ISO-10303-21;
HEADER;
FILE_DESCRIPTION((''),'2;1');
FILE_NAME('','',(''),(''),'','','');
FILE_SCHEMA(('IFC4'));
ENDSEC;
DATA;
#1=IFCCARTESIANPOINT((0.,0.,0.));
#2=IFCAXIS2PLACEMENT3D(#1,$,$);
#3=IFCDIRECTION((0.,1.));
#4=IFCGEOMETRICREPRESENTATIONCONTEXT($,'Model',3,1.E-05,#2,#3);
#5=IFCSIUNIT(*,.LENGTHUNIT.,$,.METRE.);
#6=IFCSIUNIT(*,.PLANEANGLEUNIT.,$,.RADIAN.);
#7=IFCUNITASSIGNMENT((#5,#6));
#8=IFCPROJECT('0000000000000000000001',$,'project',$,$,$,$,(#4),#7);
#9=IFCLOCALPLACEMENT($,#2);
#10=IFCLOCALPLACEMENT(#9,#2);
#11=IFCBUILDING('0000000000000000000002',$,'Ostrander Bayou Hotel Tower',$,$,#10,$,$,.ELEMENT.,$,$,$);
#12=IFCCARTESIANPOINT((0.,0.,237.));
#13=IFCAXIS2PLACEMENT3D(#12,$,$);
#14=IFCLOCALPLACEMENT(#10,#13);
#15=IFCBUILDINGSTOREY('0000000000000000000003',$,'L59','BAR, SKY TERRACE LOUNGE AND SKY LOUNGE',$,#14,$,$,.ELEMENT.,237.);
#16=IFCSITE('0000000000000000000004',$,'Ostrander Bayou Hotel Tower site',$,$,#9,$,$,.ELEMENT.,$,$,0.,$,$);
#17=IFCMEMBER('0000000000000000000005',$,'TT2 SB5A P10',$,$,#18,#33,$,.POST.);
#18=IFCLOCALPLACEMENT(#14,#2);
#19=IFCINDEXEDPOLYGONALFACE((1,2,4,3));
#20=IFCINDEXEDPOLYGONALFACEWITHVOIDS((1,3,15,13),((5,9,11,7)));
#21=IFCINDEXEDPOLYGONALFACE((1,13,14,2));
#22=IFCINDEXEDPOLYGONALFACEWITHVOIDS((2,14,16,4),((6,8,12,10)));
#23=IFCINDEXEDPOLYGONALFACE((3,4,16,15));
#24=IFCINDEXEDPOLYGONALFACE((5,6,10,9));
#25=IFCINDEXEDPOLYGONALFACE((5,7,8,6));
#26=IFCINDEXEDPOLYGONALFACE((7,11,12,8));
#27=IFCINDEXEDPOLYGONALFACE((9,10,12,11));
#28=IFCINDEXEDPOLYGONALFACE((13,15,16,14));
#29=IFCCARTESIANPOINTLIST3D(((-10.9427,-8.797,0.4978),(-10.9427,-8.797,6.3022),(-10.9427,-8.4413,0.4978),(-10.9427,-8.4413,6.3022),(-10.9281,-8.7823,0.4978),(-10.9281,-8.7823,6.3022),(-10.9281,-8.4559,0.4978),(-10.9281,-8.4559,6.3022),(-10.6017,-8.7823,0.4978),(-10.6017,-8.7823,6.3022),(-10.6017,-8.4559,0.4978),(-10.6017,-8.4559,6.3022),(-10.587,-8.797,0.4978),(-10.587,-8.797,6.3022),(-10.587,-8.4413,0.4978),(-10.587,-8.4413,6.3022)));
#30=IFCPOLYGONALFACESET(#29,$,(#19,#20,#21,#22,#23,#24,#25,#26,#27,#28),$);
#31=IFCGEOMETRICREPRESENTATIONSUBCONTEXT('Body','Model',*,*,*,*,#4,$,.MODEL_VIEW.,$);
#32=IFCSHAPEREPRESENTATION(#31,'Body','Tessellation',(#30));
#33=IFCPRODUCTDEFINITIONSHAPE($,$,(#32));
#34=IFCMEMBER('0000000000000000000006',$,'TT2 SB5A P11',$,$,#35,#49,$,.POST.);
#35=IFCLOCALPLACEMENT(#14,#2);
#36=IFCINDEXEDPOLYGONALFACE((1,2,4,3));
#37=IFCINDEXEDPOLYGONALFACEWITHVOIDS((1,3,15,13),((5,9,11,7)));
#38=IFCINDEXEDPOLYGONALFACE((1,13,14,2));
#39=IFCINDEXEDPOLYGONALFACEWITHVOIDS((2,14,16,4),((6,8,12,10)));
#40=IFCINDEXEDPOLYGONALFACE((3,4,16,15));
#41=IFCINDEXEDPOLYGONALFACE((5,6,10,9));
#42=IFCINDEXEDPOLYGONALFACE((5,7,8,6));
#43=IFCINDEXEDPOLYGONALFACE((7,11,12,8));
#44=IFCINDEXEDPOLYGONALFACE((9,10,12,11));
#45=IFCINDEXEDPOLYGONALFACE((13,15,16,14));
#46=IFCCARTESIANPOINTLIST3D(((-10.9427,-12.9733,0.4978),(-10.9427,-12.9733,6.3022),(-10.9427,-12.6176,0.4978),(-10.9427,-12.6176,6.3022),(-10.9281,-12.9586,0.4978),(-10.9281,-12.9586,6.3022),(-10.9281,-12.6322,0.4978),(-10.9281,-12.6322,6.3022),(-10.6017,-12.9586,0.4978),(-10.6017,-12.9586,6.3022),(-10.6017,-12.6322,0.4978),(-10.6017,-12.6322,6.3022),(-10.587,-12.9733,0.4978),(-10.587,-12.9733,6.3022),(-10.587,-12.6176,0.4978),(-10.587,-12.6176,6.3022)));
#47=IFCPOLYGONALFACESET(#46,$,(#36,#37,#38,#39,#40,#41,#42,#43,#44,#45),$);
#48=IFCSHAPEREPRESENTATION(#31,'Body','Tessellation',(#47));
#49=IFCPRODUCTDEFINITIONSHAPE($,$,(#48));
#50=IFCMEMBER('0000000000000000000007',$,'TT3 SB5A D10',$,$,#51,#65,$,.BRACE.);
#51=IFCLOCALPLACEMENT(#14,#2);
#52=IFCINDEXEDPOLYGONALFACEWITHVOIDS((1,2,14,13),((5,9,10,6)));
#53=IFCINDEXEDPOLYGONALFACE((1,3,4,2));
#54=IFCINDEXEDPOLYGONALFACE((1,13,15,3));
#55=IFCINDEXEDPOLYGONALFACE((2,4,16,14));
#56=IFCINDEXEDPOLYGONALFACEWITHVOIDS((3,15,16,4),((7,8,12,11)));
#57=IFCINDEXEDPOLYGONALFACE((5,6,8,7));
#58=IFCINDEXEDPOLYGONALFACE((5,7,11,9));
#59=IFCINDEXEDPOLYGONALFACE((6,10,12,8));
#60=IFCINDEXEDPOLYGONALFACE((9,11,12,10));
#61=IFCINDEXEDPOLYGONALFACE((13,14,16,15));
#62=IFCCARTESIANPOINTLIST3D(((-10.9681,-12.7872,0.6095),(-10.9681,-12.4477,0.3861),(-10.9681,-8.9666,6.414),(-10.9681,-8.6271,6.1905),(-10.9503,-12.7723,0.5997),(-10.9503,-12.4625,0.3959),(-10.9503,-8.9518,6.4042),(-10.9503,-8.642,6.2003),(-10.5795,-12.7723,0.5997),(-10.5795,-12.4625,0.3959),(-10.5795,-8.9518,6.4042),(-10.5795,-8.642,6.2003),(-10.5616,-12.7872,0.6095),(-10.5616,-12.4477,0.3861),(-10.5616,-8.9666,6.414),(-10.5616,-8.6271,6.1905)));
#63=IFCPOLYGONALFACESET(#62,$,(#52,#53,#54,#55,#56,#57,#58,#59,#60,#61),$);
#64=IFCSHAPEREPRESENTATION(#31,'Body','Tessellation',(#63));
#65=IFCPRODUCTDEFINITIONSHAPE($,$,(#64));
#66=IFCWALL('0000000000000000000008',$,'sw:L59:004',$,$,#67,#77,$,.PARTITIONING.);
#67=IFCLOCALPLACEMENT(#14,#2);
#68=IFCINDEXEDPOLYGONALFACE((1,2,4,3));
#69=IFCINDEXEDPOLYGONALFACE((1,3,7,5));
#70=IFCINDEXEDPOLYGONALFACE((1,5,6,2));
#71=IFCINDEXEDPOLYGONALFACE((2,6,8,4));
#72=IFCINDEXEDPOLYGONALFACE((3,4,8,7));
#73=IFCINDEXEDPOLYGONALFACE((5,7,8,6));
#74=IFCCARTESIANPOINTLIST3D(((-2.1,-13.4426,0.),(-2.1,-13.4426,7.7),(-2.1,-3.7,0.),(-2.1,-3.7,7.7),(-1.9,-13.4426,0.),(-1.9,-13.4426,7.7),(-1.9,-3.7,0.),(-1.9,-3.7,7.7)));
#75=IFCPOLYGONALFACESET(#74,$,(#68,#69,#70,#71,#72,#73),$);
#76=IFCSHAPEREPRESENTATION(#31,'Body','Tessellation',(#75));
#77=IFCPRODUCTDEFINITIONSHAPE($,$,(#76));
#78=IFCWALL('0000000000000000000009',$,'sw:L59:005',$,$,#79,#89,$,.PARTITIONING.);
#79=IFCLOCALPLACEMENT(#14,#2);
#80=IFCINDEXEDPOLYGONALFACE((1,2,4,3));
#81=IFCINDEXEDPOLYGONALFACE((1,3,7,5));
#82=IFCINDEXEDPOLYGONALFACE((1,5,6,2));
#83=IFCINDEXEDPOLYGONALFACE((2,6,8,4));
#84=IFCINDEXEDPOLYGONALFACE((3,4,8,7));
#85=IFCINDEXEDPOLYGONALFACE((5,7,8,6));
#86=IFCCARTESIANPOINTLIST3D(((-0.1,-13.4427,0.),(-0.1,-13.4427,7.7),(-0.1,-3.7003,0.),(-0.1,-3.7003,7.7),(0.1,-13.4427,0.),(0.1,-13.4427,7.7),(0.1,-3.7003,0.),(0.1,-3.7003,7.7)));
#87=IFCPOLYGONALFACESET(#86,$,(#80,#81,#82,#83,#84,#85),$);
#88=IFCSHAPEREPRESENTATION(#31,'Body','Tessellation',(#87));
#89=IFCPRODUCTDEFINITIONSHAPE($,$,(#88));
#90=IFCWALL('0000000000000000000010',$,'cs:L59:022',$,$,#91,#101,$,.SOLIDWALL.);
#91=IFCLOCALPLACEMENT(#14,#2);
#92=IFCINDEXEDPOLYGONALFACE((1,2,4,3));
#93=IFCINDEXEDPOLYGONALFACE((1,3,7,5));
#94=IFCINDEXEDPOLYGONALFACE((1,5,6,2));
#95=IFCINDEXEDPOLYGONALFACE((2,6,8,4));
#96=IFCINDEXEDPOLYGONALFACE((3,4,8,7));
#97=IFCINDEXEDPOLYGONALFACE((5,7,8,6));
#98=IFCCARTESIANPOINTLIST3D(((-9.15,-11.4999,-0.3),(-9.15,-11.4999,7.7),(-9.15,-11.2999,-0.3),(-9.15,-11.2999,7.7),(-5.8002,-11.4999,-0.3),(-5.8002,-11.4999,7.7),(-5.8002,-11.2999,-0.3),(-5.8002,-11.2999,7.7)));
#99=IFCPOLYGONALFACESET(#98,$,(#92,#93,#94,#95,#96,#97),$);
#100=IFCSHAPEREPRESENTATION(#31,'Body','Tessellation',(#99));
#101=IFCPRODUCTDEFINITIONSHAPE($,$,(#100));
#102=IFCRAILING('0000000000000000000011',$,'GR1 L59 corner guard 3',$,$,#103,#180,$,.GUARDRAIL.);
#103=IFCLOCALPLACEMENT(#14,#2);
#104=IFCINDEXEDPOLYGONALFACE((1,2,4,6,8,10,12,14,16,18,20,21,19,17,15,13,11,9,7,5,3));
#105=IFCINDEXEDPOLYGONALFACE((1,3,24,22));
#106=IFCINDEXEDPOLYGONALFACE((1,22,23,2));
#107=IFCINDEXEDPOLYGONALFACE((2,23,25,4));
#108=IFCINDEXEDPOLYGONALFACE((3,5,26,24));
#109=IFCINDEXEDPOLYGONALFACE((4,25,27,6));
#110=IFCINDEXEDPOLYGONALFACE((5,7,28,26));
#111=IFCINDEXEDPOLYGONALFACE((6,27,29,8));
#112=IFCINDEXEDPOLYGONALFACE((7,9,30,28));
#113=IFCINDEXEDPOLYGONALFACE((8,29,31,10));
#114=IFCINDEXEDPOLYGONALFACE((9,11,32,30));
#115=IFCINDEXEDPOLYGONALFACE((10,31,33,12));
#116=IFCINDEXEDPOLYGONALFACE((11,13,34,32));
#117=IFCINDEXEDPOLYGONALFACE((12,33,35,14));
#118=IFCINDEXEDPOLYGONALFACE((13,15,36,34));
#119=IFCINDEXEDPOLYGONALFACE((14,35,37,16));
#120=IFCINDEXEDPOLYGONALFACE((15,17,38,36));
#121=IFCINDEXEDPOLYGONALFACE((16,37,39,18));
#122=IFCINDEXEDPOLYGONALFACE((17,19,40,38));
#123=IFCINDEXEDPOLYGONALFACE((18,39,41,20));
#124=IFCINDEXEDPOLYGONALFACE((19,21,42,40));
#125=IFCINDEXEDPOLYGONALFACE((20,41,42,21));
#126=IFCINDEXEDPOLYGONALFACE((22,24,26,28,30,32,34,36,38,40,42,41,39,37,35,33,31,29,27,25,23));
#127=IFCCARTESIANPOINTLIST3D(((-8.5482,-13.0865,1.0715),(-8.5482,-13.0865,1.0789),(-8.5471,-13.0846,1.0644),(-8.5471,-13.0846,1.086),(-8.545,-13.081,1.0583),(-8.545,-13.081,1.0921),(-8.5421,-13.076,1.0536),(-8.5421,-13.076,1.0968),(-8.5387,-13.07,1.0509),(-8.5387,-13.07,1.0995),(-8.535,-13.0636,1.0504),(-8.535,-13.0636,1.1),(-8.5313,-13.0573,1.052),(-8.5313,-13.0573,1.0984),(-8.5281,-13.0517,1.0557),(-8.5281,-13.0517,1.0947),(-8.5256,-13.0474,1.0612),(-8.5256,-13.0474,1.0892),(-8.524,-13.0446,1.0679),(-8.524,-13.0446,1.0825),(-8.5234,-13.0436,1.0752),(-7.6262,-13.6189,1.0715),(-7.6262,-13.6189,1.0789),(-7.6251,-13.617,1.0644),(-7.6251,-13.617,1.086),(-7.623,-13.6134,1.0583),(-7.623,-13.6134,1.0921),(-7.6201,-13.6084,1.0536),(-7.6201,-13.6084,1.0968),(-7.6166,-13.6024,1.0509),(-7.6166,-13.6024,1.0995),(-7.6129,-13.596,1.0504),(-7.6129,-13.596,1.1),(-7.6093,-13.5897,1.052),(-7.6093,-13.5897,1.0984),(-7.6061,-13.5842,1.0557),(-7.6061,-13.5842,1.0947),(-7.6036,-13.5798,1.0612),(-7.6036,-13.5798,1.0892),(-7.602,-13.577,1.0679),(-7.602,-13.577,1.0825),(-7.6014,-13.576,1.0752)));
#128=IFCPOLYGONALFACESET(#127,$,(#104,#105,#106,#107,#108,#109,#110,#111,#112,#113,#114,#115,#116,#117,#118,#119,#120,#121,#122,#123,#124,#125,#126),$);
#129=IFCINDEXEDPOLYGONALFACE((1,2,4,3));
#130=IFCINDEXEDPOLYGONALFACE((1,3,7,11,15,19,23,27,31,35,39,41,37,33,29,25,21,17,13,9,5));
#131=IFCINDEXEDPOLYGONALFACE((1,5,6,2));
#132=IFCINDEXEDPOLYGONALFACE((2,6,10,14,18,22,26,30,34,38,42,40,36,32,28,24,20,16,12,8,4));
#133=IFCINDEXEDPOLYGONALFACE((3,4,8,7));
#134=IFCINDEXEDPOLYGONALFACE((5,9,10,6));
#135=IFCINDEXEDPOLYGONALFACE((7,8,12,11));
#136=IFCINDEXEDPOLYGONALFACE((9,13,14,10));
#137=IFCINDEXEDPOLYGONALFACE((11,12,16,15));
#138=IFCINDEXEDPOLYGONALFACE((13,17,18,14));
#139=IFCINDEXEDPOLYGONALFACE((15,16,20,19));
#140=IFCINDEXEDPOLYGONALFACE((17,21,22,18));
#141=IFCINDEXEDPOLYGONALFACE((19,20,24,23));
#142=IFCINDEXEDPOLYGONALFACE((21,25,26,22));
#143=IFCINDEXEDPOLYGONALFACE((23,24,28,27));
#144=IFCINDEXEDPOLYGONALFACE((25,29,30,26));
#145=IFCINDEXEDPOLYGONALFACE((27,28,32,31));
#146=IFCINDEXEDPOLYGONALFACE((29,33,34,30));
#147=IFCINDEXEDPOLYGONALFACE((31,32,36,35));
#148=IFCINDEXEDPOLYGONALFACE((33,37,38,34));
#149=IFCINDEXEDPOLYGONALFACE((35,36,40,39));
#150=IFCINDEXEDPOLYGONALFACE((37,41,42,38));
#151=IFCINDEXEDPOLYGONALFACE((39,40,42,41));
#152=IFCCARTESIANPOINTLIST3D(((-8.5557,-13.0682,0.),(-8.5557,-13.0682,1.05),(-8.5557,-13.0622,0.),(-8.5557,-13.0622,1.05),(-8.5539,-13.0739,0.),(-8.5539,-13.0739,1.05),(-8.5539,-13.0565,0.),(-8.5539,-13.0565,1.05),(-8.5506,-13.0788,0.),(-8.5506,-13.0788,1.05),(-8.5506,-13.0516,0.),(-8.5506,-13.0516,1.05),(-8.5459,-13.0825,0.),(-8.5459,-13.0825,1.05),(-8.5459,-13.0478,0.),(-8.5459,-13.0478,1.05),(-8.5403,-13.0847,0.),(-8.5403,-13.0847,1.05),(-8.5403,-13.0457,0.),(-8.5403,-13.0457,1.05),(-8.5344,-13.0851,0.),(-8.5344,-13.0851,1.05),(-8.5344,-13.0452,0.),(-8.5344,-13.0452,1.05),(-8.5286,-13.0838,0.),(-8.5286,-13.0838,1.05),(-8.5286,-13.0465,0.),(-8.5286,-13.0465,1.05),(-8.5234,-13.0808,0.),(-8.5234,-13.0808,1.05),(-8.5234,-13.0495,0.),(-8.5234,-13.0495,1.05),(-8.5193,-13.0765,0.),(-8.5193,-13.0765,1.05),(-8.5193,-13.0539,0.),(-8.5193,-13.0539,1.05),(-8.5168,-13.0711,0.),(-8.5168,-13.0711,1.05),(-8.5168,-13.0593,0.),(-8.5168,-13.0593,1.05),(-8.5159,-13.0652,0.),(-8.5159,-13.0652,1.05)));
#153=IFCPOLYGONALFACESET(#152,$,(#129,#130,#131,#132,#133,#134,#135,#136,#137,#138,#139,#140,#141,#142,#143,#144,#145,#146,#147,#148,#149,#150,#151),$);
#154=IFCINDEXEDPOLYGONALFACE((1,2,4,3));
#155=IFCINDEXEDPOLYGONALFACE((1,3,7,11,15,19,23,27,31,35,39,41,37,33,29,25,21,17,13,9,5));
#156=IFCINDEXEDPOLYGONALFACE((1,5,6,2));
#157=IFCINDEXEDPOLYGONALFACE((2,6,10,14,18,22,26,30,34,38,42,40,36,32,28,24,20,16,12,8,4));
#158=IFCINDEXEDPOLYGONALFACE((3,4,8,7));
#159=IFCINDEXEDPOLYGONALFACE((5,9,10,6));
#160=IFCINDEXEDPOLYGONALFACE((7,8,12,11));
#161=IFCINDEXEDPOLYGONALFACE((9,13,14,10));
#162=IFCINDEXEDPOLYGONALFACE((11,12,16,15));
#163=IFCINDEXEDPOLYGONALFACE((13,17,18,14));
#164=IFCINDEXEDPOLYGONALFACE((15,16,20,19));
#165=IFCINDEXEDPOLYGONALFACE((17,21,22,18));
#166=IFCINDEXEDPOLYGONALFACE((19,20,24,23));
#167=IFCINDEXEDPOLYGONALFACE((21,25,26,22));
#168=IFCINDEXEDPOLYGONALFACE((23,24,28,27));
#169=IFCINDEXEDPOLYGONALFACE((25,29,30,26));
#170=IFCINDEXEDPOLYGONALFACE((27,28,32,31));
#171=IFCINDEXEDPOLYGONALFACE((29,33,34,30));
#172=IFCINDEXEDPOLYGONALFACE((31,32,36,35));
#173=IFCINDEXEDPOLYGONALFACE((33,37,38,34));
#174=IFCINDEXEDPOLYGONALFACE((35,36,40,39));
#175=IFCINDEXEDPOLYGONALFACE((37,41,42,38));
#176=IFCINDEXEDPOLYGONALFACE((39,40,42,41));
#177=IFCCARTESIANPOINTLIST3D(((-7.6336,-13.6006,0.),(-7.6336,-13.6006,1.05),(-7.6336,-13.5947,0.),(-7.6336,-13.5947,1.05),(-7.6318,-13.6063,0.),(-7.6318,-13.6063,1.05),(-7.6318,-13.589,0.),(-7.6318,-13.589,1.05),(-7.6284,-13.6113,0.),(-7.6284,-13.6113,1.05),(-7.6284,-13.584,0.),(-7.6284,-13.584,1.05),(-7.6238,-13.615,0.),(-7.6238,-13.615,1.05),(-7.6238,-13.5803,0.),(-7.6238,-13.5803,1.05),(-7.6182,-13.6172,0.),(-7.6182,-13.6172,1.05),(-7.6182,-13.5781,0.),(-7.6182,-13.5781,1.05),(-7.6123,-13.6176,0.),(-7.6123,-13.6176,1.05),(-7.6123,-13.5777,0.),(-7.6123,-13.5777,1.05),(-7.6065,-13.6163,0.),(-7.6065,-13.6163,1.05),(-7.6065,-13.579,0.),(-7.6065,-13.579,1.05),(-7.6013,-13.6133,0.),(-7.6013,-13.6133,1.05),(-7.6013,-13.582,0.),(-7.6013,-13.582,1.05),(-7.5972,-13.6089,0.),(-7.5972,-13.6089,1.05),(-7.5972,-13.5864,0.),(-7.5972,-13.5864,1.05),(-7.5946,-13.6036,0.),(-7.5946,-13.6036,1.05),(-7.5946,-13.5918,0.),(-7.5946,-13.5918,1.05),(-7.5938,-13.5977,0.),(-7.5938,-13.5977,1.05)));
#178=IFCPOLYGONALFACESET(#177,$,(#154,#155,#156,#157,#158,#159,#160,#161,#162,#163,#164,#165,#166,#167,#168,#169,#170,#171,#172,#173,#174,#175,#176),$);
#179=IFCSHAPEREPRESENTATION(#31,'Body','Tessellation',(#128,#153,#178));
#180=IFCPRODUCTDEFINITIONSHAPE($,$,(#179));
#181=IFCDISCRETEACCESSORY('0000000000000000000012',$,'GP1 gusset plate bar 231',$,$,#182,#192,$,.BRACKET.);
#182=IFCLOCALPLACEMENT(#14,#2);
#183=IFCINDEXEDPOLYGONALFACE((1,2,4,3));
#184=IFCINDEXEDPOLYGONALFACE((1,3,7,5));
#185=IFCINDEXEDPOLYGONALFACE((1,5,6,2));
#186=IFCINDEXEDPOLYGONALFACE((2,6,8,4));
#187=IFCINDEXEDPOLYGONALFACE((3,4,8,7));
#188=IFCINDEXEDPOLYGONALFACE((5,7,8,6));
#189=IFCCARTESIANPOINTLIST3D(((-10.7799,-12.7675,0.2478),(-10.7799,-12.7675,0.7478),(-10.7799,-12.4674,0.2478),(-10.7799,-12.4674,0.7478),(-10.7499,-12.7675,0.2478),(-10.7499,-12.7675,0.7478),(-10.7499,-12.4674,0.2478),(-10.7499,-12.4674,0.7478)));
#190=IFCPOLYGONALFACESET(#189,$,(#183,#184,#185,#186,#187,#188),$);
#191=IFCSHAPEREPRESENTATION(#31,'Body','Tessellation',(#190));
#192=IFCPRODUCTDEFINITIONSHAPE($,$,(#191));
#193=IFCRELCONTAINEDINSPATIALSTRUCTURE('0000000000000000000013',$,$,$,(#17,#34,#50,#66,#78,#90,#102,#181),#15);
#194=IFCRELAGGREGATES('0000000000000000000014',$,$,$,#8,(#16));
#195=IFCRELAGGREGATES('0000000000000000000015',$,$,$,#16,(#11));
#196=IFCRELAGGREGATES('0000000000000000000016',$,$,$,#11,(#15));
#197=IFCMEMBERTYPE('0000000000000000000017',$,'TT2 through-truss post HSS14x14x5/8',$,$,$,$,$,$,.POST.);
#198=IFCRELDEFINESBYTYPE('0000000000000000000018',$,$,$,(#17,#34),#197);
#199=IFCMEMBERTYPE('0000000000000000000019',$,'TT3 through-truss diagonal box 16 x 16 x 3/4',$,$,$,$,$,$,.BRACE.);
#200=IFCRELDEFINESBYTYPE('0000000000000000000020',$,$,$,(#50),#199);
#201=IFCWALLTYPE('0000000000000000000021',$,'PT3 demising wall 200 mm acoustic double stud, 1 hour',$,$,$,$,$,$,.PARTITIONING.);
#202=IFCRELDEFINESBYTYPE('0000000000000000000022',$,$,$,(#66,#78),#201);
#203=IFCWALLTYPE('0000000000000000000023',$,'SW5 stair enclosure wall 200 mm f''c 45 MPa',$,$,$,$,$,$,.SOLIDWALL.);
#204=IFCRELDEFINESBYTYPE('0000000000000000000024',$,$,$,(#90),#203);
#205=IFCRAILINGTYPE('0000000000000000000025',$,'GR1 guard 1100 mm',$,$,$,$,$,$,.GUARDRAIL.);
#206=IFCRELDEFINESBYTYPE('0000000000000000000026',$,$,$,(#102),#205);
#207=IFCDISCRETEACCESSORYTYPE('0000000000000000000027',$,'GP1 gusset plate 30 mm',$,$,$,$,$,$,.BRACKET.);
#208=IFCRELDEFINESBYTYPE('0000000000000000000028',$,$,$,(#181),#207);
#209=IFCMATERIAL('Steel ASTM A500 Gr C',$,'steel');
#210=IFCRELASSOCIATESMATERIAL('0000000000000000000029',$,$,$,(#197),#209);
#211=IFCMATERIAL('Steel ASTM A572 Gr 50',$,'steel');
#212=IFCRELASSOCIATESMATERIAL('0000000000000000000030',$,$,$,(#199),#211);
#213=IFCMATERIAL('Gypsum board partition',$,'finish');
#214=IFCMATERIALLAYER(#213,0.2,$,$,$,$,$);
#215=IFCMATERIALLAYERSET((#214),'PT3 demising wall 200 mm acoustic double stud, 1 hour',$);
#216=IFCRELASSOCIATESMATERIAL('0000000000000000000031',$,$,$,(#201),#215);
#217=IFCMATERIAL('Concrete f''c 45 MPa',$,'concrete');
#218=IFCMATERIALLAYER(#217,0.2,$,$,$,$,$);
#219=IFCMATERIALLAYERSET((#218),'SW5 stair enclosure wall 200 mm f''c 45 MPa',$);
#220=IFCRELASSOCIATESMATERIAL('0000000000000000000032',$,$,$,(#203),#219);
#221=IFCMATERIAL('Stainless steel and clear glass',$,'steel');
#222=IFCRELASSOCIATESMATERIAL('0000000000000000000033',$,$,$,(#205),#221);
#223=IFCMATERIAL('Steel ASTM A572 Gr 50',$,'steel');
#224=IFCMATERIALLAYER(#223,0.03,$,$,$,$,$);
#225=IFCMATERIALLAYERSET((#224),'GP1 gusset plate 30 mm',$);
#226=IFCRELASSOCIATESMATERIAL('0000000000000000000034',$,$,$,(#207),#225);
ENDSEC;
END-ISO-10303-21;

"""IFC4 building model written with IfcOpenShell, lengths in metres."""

from ifc_helpers import new_model, si_unit, direction, frame, frame_2d, origin, origin_2d, place, context, subcontext, project, spatial, rectangle, hollow_rectangle, circle, extrude, material, layer, layer_set, material_profile, profile_set, type_object, element, save


model = new_model("IFC4")

# Units and contexts
model_context = context("Model", 3, precision=1e-05, world=origin(), true_north=direction((0.0, 1.0)))
body_context = subcontext(model_context, "Body", "Model", "MODEL_VIEW")
ifc_project = project(units=[si_unit("LENGTHUNIT", "METRE"), si_unit("PLANEANGLEUNIT", "RADIAN")], contexts=[model_context])

# Site, building, storey
site_placement = place(None, origin())
site = spatial("IfcSite", under=ifc_project, at=site_placement, Name="Ostrander Bayou Hotel Tower site", CompositionType="ELEMENT", RefElevation=0.0)
building_placement = place(site_placement, origin())
building = spatial("IfcBuilding", under=site, at=building_placement, Name="Ostrander Bayou Hotel Tower", CompositionType="ELEMENT")
storey_placement = place(building_placement, frame((0.0, 0.0, 237.0)))
storey = spatial("IfcBuildingStorey", under=building, at=storey_placement, Name="L59", Description="BAR, SKY TERRACE LOUNGE AND SKY LOUNGE", CompositionType="ELEMENT", Elevation=237.0)

# Members
ifc_material_1 = material(Name="Steel ASTM A500 Gr C", Category="steel")
ifc_material_profile_1 = material_profile(ifc_material_1, hollow_rectangle(XDim=0.3557, YDim=0.3557, WallThickness=0.0146, at=origin_2d()))
ifc_profile_set_1 = profile_set([ifc_material_profile_1], Name="Steel ASTM A500 Gr C")
member_type_1 = type_object("IfcMemberType", Name="TT2 through-truss post HSS14x14x5/8", PredefinedType="POST", material=ifc_profile_set_1)
for number, where, z_axis, x_axis, name in (
    (1, (-10.7649, -8.6191, 0.4978), (0.0, 0.0, 1.0), (1.0, 0.0, 0.0), "TT2 SB5A P10"),
    (2, (-10.7649, -12.7954, 0.4978), (0.0, 0.0, 1.0), (1.0, 0.0, 0.0), "TT2 SB5A P11"),
):
    element("IfcMember", number, at=place(storey_placement, frame(where, z_axis=z_axis, x_axis=x_axis)), inside=storey, type_object=member_type_1, Name=name, PredefinedType="POST", context=body_context, shape_type="SweptSolid", body=[
        extrude(hollow_rectangle(XDim=0.3557, YDim=0.3557, WallThickness=0.0146, at=origin_2d()), origin(), (0.0, 0.0, 1.0), 5.8044),
    ])
ifc_material_2 = material(Name="Steel ASTM A572 Gr 50", Category="steel")
ifc_material_profile_2 = material_profile(ifc_material_2, hollow_rectangle(XDim=0.4065, YDim=0.4065, WallThickness=0.0178, at=origin_2d()))
ifc_profile_set_2 = profile_set([ifc_material_profile_2], Name="Steel ASTM A572 Gr 50")
member_type_2 = type_object("IfcMemberType", Name="TT3 through-truss diagonal box 16 x 16 x 3/4", PredefinedType="BRACE", material=ifc_profile_set_2)
member_1_placement = place(storey_placement, frame((-10.7649, -12.6174, 0.4978), z_axis=(0.0, 0.549802, 0.835295), x_axis=(-1.0, 0.0, 0.0)))
element("IfcMember", 3, at=member_1_placement, inside=storey, type_object=member_type_2, Name="TT3 SB5A D10", PredefinedType="BRACE", context=body_context, shape_type="SweptSolid", body=[
    extrude(hollow_rectangle(XDim=0.4065, YDim=0.4065, WallThickness=0.0178, at=origin_2d()), origin(), (0.0, 0.0, 1.0), 6.949),
])

# Walls
ifc_material_3 = material(Name="Gypsum board partition", Category="finish")
ifc_layer_1 = layer(ifc_material_3, 0.2)
ifc_layer_set_1 = layer_set([ifc_layer_1], Name="PT3 demising wall 200 mm acoustic double stud, 1 hour")
wall_type_1 = type_object("IfcWallType", Name="PT3 demising wall 200 mm acoustic double stud, 1 hour", PredefinedType="PARTITIONING", material=ifc_layer_set_1)
wall_1_placement = place(storey_placement, frame((-2.0, -13.4426, 0.0), z_axis=(0.0, 0.0, 1.0), x_axis=(0.0, 1.0, 0.0)))
element("IfcWall", 4, at=wall_1_placement, inside=storey, type_object=wall_type_1, Name="sw:L59:004", PredefinedType="PARTITIONING", context=body_context, shape_type="SweptSolid", body=[
    extrude(rectangle(XDim=9.7427, YDim=0.2, at=frame_2d((4.8713, 0.0))), origin(), (0.0, 0.0, 1.0), 7.7),
])
wall_2_placement = place(storey_placement, frame((0.0, -13.4426, 0.0), z_axis=(0.0, 0.0, 1.0), x_axis=(0.0, 1.0, 0.0)))
element("IfcWall", 5, at=wall_2_placement, inside=storey, type_object=wall_type_1, Name="sw:L59:005", PredefinedType="PARTITIONING", context=body_context, shape_type="SweptSolid", body=[
    extrude(rectangle(XDim=9.7424, YDim=0.2, at=frame_2d((4.8711, 0.0))), origin(), (0.0, 0.0, 1.0), 7.7),
])

# Wall
ifc_material_4 = material(Name="Concrete f'c 45 MPa", Category="concrete")
ifc_layer_2 = layer(ifc_material_4, 0.2)
ifc_layer_set_2 = layer_set([ifc_layer_2], Name="SW5 stair enclosure wall 200 mm f'c 45 MPa")
wall_type_2 = type_object("IfcWallType", Name="SW5 stair enclosure wall 200 mm f'c 45 MPa", PredefinedType="SOLIDWALL", material=ifc_layer_set_2)
wall_3_placement = place(storey_placement, frame((-9.1499, -11.3999, -0.3), z_axis=(0.0, 0.0, 1.0), x_axis=(1.0, 0.0, 0.0)))
element("IfcWall", 6, at=wall_3_placement, inside=storey, type_object=wall_type_2, Name="cs:L59:022", PredefinedType="SOLIDWALL", context=body_context, shape_type="SweptSolid", body=[
    extrude(rectangle(XDim=3.3499, YDim=0.2, at=frame_2d((1.6748, 0.0))), origin(), (0.0, 0.0, 1.0), 8.0),
])

# Railing
ifc_material_5 = material(Name="Stainless steel and clear glass", Category="steel")
railing_type = type_object("IfcRailingType", Name="GR1 guard 1100 mm", PredefinedType="GUARDRAIL", material=ifc_material_5)
railing_1_placement = place(storey_placement, frame((-8.5359, -13.0652, 0.0)))
element("IfcRailing", 7, at=railing_1_placement, inside=storey, type_object=railing_type, Name="GR1 L59 corner guard 3", PredefinedType="GUARDRAIL", context=body_context, shape_type="SweptSolid", body=[
    extrude(circle(Radius=0.0249, at=origin_2d()), frame((0.0, 0.0, 1.0752), z_axis=(0.865991, -0.50006, 0.0), x_axis=(0.50006, 0.865991, 0.0)), (0.0, 0.0, 1.0), 1.0647),
    extrude(circle(Radius=0.02, at=origin_2d()), origin(), (0.0, 0.0, 1.0), 1.05),
    extrude(circle(Radius=0.02, at=origin_2d()), frame((0.9221, -0.5325, 0.0)), (0.0, 0.0, 1.0), 1.05),
])

# Discrete accessory
ifc_material_6 = material(Name="Steel ASTM A572 Gr 50", Category="steel")
ifc_layer_3 = layer(ifc_material_6, 0.03)
ifc_layer_set_3 = layer_set([ifc_layer_3], Name="GP1 gusset plate 30 mm")
discrete_accessory_type = type_object("IfcDiscreteAccessoryType", Name="GP1 gusset plate 30 mm", PredefinedType="BRACKET", material=ifc_layer_set_3)
for number, where, z_axis, x_axis, name in (
    (8, (-10.7649, -12.6174, 0.2478), (0.0, 0.0, 1.0), (0.0, 1.0, 0.0), "GP1 gusset plate bar 231"),
):
    element("IfcDiscreteAccessory", number, at=place(storey_placement, frame(where, z_axis=z_axis, x_axis=x_axis)), inside=storey, type_object=discrete_accessory_type, Name=name, PredefinedType="BRACKET", context=body_context, shape_type="SweptSolid", body=[
        extrude(rectangle(XDim=0.3, YDim=0.03, at=origin_2d()), origin(), (0.0, 0.0, 1.0), 0.5),
    ])

save(model, "model.ifc")
